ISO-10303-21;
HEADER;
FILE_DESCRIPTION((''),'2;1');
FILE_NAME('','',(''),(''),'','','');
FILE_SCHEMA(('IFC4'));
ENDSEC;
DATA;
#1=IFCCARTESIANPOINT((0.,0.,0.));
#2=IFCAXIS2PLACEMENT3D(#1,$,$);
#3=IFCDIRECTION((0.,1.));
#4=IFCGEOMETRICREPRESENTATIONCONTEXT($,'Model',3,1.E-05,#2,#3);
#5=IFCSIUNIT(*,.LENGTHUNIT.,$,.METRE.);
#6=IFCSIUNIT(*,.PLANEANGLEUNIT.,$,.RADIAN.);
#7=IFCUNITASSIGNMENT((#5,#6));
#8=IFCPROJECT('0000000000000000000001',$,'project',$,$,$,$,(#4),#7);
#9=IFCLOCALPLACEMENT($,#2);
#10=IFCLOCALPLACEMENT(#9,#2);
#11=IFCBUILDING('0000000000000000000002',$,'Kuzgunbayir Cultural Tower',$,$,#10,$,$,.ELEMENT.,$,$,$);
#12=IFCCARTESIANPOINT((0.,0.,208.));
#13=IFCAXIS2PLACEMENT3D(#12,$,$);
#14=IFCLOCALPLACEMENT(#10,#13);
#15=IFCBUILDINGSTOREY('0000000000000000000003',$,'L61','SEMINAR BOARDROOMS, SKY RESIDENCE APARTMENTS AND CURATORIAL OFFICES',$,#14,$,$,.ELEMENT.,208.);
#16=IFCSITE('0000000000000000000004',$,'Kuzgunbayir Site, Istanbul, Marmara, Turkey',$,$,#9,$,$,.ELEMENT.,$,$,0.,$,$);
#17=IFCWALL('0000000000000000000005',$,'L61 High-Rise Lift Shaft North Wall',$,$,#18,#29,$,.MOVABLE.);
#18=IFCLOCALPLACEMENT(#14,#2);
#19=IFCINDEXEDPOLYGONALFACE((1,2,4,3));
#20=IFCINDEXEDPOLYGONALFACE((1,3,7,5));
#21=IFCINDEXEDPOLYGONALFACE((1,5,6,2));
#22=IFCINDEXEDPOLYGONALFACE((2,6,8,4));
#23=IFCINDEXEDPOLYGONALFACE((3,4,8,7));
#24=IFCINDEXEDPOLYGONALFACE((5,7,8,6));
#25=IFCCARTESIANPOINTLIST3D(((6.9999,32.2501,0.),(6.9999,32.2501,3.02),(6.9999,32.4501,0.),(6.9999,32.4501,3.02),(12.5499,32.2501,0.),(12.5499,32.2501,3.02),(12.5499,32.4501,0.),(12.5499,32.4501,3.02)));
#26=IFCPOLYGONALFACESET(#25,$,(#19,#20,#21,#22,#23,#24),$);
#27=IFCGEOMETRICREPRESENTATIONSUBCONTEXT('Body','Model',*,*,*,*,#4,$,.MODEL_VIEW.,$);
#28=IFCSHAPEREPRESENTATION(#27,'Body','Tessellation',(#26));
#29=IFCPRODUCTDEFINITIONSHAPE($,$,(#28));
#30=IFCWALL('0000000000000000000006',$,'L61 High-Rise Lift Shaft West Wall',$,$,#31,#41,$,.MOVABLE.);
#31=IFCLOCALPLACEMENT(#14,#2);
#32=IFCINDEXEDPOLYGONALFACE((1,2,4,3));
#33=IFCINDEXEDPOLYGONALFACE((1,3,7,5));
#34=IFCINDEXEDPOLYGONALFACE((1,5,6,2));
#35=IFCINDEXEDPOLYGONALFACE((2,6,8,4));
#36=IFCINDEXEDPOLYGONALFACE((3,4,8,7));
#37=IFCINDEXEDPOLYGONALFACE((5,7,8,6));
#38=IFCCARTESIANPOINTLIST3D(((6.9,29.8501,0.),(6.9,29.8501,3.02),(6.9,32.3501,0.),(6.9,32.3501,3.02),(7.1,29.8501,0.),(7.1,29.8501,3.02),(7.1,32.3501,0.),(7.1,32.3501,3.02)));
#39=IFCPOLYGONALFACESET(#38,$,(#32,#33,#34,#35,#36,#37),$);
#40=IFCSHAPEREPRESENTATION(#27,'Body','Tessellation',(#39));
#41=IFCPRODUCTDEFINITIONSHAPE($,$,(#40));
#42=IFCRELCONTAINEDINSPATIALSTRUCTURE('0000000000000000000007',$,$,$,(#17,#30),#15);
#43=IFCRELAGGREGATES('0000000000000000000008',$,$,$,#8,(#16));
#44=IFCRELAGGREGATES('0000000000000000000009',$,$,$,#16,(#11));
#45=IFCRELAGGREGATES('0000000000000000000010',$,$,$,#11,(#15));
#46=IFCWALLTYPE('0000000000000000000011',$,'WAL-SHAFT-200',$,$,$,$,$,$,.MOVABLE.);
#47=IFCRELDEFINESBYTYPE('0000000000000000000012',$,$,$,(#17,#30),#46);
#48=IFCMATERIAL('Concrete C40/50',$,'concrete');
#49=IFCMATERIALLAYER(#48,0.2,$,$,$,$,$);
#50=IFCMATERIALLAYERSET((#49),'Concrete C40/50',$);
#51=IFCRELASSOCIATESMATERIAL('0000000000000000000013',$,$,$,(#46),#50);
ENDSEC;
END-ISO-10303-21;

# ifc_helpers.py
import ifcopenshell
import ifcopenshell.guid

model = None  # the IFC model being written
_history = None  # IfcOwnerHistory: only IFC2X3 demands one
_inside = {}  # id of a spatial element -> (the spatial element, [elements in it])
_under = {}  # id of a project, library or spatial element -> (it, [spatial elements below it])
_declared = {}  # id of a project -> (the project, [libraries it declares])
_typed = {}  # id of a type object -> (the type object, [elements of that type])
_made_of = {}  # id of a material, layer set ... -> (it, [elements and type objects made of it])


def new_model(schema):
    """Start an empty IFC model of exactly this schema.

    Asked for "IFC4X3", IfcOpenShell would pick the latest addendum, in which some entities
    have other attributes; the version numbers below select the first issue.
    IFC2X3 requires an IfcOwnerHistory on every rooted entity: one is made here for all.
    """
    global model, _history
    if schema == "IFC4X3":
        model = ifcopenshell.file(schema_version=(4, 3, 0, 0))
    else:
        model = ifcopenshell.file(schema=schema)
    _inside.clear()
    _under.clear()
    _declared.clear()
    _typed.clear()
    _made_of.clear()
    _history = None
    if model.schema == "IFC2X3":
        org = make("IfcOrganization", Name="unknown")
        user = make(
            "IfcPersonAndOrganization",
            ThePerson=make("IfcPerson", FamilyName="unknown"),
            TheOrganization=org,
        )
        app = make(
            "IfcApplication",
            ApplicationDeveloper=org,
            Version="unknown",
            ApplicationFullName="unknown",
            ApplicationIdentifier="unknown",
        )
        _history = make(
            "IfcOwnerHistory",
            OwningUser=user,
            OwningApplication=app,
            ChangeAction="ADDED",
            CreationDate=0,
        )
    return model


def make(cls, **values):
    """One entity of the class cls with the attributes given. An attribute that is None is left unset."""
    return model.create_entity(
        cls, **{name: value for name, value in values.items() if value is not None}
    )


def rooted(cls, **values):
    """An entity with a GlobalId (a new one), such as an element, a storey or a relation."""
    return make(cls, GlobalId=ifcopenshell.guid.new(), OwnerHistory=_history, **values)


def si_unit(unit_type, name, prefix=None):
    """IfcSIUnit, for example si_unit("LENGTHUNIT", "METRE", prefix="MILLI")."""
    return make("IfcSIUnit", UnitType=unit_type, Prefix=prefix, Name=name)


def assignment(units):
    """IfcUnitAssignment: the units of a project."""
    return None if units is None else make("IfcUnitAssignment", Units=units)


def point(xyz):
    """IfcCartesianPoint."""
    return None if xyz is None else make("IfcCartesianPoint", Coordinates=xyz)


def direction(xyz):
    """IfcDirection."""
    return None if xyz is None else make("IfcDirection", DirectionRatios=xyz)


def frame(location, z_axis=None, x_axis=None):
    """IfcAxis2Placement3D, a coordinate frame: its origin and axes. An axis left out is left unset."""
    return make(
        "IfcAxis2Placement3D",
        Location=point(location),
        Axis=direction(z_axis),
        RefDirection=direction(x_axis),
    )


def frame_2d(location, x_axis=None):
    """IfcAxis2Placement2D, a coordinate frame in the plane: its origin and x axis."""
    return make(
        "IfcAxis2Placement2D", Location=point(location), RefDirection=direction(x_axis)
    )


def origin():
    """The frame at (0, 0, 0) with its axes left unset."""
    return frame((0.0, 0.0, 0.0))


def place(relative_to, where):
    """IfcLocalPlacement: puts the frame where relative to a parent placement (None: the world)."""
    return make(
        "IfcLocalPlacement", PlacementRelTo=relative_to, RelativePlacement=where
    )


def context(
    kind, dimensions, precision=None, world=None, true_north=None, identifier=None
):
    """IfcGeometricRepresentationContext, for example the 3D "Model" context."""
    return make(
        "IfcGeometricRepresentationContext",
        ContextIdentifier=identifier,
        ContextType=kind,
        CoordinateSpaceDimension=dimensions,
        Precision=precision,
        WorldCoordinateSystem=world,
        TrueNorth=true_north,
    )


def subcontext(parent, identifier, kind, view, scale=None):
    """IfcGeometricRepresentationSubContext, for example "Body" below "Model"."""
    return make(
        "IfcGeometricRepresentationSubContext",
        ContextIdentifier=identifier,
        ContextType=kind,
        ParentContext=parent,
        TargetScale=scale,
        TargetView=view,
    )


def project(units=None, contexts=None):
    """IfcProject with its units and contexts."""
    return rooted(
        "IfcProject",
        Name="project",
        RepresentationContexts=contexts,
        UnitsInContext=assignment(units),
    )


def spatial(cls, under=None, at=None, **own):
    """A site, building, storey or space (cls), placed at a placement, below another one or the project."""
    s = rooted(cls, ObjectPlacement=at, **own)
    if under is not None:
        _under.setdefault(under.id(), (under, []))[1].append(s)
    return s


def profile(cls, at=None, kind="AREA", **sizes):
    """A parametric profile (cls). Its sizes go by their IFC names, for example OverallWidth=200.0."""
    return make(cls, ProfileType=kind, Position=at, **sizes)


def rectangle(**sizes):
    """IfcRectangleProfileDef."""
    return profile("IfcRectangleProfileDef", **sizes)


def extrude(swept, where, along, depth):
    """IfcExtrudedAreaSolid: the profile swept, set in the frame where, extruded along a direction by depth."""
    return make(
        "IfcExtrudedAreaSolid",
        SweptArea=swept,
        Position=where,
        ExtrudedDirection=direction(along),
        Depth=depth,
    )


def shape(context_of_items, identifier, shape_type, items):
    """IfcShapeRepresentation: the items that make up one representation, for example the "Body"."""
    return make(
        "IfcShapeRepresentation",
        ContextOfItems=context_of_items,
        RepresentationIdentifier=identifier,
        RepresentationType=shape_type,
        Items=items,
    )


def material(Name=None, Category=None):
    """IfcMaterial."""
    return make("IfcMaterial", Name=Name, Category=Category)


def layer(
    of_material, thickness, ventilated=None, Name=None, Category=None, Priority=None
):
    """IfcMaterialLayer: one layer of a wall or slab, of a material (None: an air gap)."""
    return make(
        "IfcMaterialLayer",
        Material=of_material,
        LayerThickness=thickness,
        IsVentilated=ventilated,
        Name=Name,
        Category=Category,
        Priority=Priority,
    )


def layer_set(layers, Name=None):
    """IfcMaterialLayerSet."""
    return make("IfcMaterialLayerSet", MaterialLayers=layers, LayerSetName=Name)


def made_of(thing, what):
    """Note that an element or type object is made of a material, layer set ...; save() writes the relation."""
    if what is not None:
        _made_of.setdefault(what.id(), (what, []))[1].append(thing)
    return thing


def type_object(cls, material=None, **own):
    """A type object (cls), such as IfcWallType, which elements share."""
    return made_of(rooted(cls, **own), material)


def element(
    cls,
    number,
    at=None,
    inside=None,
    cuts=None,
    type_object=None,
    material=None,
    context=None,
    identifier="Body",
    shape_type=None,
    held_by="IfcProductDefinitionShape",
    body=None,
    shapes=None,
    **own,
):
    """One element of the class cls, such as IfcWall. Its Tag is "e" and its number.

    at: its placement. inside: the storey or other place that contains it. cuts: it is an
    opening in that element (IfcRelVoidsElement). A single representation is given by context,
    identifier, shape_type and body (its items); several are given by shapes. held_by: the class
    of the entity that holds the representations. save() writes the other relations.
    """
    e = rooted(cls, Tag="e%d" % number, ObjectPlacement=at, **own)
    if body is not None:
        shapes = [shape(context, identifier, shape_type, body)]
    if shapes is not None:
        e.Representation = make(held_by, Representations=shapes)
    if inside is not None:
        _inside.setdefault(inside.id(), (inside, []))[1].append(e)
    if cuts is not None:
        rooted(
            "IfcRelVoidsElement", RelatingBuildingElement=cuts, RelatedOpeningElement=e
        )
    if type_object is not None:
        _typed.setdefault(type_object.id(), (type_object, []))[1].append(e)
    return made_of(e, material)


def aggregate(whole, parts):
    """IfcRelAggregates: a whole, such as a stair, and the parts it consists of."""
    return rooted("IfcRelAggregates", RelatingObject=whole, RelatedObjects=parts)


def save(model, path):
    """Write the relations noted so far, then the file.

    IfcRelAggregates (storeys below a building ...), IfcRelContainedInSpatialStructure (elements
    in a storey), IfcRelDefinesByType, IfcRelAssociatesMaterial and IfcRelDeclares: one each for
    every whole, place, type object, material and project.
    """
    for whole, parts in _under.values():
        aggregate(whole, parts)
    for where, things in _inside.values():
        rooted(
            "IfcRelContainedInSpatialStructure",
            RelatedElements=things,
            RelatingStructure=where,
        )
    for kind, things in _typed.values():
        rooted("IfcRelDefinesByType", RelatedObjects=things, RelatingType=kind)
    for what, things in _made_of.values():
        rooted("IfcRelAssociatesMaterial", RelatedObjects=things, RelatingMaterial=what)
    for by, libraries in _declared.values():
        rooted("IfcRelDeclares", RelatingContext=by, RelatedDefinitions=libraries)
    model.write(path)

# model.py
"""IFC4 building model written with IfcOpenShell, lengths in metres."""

from ifc_helpers import new_model, si_unit, direction, frame, frame_2d, origin, place, context, subcontext, project, spatial, rectangle, extrude, material, layer, layer_set, type_object, element, save


model = new_model("IFC4")

# Units and contexts
model_context = context("Model", 3, precision=1e-05, world=origin(), true_north=direction((0.0, 1.0)))
body_context = subcontext(model_context, "Body", "Model", "MODEL_VIEW")
ifc_project = project(units=[si_unit("LENGTHUNIT", "METRE"), si_unit("PLANEANGLEUNIT", "RADIAN")], contexts=[model_context])

# Site, building, storey
site_placement = place(None, origin())
site = spatial("IfcSite", under=ifc_project, at=site_placement, Name="Kuzgunbayir Site, Istanbul, Marmara, Turkey", CompositionType="ELEMENT", RefElevation=0.0)
building_placement = place(site_placement, origin())
building = spatial("IfcBuilding", under=site, at=building_placement, Name="Kuzgunbayir Cultural Tower", CompositionType="ELEMENT")
storey_placement = place(building_placement, frame((0.0, 0.0, 208.0)))
storey = spatial("IfcBuildingStorey", under=building, at=storey_placement, Name="L61", Description="SEMINAR BOARDROOMS, SKY RESIDENCE APARTMENTS AND CURATORIAL OFFICES", CompositionType="ELEMENT", Elevation=208.0)

# Shared definitions
ifc_material_1 = material(Name="Concrete C40/50", Category="concrete")
ifc_layer_1 = layer(ifc_material_1, 0.2)
ifc_layer_set_1 = layer_set([ifc_layer_1], Name="Concrete C40/50")
wall_type_1 = type_object("IfcWallType", Name="WAL-SHAFT-200", PredefinedType="MOVABLE", material=ifc_layer_set_1)

# Walls
wall_1_placement = place(storey_placement, frame((7.0, 32.3501, 0.0), z_axis=(0.0, 0.0, 1.0), x_axis=(1.0, 0.0, 0.0)))
element("IfcWall", 1, at=wall_1_placement, inside=storey, type_object=wall_type_1, Name="L61 High-Rise Lift Shaft North Wall", PredefinedType="MOVABLE", context=body_context, shape_type="SweptSolid", body=[
    extrude(rectangle(XDim=5.55, YDim=0.2, at=frame_2d((2.7749, 0.0))), origin(), (0.0, 0.0, 1.0), 3.02),
])
wall_2_placement = place(storey_placement, frame((7.0, 29.8501, 0.0), z_axis=(0.0, 0.0, 1.0), x_axis=(0.0, 1.0, 0.0)))
element("IfcWall", 2, at=wall_2_placement, inside=storey, type_object=wall_type_1, Name="L61 High-Rise Lift Shaft West Wall", PredefinedType="MOVABLE", context=body_context, shape_type="SweptSolid", body=[
    extrude(rectangle(XDim=2.5, YDim=0.2, at=frame_2d((1.25, 0.0))), origin(), (0.0, 0.0, 1.0), 3.02),
])

save(model, "model.ifc")
